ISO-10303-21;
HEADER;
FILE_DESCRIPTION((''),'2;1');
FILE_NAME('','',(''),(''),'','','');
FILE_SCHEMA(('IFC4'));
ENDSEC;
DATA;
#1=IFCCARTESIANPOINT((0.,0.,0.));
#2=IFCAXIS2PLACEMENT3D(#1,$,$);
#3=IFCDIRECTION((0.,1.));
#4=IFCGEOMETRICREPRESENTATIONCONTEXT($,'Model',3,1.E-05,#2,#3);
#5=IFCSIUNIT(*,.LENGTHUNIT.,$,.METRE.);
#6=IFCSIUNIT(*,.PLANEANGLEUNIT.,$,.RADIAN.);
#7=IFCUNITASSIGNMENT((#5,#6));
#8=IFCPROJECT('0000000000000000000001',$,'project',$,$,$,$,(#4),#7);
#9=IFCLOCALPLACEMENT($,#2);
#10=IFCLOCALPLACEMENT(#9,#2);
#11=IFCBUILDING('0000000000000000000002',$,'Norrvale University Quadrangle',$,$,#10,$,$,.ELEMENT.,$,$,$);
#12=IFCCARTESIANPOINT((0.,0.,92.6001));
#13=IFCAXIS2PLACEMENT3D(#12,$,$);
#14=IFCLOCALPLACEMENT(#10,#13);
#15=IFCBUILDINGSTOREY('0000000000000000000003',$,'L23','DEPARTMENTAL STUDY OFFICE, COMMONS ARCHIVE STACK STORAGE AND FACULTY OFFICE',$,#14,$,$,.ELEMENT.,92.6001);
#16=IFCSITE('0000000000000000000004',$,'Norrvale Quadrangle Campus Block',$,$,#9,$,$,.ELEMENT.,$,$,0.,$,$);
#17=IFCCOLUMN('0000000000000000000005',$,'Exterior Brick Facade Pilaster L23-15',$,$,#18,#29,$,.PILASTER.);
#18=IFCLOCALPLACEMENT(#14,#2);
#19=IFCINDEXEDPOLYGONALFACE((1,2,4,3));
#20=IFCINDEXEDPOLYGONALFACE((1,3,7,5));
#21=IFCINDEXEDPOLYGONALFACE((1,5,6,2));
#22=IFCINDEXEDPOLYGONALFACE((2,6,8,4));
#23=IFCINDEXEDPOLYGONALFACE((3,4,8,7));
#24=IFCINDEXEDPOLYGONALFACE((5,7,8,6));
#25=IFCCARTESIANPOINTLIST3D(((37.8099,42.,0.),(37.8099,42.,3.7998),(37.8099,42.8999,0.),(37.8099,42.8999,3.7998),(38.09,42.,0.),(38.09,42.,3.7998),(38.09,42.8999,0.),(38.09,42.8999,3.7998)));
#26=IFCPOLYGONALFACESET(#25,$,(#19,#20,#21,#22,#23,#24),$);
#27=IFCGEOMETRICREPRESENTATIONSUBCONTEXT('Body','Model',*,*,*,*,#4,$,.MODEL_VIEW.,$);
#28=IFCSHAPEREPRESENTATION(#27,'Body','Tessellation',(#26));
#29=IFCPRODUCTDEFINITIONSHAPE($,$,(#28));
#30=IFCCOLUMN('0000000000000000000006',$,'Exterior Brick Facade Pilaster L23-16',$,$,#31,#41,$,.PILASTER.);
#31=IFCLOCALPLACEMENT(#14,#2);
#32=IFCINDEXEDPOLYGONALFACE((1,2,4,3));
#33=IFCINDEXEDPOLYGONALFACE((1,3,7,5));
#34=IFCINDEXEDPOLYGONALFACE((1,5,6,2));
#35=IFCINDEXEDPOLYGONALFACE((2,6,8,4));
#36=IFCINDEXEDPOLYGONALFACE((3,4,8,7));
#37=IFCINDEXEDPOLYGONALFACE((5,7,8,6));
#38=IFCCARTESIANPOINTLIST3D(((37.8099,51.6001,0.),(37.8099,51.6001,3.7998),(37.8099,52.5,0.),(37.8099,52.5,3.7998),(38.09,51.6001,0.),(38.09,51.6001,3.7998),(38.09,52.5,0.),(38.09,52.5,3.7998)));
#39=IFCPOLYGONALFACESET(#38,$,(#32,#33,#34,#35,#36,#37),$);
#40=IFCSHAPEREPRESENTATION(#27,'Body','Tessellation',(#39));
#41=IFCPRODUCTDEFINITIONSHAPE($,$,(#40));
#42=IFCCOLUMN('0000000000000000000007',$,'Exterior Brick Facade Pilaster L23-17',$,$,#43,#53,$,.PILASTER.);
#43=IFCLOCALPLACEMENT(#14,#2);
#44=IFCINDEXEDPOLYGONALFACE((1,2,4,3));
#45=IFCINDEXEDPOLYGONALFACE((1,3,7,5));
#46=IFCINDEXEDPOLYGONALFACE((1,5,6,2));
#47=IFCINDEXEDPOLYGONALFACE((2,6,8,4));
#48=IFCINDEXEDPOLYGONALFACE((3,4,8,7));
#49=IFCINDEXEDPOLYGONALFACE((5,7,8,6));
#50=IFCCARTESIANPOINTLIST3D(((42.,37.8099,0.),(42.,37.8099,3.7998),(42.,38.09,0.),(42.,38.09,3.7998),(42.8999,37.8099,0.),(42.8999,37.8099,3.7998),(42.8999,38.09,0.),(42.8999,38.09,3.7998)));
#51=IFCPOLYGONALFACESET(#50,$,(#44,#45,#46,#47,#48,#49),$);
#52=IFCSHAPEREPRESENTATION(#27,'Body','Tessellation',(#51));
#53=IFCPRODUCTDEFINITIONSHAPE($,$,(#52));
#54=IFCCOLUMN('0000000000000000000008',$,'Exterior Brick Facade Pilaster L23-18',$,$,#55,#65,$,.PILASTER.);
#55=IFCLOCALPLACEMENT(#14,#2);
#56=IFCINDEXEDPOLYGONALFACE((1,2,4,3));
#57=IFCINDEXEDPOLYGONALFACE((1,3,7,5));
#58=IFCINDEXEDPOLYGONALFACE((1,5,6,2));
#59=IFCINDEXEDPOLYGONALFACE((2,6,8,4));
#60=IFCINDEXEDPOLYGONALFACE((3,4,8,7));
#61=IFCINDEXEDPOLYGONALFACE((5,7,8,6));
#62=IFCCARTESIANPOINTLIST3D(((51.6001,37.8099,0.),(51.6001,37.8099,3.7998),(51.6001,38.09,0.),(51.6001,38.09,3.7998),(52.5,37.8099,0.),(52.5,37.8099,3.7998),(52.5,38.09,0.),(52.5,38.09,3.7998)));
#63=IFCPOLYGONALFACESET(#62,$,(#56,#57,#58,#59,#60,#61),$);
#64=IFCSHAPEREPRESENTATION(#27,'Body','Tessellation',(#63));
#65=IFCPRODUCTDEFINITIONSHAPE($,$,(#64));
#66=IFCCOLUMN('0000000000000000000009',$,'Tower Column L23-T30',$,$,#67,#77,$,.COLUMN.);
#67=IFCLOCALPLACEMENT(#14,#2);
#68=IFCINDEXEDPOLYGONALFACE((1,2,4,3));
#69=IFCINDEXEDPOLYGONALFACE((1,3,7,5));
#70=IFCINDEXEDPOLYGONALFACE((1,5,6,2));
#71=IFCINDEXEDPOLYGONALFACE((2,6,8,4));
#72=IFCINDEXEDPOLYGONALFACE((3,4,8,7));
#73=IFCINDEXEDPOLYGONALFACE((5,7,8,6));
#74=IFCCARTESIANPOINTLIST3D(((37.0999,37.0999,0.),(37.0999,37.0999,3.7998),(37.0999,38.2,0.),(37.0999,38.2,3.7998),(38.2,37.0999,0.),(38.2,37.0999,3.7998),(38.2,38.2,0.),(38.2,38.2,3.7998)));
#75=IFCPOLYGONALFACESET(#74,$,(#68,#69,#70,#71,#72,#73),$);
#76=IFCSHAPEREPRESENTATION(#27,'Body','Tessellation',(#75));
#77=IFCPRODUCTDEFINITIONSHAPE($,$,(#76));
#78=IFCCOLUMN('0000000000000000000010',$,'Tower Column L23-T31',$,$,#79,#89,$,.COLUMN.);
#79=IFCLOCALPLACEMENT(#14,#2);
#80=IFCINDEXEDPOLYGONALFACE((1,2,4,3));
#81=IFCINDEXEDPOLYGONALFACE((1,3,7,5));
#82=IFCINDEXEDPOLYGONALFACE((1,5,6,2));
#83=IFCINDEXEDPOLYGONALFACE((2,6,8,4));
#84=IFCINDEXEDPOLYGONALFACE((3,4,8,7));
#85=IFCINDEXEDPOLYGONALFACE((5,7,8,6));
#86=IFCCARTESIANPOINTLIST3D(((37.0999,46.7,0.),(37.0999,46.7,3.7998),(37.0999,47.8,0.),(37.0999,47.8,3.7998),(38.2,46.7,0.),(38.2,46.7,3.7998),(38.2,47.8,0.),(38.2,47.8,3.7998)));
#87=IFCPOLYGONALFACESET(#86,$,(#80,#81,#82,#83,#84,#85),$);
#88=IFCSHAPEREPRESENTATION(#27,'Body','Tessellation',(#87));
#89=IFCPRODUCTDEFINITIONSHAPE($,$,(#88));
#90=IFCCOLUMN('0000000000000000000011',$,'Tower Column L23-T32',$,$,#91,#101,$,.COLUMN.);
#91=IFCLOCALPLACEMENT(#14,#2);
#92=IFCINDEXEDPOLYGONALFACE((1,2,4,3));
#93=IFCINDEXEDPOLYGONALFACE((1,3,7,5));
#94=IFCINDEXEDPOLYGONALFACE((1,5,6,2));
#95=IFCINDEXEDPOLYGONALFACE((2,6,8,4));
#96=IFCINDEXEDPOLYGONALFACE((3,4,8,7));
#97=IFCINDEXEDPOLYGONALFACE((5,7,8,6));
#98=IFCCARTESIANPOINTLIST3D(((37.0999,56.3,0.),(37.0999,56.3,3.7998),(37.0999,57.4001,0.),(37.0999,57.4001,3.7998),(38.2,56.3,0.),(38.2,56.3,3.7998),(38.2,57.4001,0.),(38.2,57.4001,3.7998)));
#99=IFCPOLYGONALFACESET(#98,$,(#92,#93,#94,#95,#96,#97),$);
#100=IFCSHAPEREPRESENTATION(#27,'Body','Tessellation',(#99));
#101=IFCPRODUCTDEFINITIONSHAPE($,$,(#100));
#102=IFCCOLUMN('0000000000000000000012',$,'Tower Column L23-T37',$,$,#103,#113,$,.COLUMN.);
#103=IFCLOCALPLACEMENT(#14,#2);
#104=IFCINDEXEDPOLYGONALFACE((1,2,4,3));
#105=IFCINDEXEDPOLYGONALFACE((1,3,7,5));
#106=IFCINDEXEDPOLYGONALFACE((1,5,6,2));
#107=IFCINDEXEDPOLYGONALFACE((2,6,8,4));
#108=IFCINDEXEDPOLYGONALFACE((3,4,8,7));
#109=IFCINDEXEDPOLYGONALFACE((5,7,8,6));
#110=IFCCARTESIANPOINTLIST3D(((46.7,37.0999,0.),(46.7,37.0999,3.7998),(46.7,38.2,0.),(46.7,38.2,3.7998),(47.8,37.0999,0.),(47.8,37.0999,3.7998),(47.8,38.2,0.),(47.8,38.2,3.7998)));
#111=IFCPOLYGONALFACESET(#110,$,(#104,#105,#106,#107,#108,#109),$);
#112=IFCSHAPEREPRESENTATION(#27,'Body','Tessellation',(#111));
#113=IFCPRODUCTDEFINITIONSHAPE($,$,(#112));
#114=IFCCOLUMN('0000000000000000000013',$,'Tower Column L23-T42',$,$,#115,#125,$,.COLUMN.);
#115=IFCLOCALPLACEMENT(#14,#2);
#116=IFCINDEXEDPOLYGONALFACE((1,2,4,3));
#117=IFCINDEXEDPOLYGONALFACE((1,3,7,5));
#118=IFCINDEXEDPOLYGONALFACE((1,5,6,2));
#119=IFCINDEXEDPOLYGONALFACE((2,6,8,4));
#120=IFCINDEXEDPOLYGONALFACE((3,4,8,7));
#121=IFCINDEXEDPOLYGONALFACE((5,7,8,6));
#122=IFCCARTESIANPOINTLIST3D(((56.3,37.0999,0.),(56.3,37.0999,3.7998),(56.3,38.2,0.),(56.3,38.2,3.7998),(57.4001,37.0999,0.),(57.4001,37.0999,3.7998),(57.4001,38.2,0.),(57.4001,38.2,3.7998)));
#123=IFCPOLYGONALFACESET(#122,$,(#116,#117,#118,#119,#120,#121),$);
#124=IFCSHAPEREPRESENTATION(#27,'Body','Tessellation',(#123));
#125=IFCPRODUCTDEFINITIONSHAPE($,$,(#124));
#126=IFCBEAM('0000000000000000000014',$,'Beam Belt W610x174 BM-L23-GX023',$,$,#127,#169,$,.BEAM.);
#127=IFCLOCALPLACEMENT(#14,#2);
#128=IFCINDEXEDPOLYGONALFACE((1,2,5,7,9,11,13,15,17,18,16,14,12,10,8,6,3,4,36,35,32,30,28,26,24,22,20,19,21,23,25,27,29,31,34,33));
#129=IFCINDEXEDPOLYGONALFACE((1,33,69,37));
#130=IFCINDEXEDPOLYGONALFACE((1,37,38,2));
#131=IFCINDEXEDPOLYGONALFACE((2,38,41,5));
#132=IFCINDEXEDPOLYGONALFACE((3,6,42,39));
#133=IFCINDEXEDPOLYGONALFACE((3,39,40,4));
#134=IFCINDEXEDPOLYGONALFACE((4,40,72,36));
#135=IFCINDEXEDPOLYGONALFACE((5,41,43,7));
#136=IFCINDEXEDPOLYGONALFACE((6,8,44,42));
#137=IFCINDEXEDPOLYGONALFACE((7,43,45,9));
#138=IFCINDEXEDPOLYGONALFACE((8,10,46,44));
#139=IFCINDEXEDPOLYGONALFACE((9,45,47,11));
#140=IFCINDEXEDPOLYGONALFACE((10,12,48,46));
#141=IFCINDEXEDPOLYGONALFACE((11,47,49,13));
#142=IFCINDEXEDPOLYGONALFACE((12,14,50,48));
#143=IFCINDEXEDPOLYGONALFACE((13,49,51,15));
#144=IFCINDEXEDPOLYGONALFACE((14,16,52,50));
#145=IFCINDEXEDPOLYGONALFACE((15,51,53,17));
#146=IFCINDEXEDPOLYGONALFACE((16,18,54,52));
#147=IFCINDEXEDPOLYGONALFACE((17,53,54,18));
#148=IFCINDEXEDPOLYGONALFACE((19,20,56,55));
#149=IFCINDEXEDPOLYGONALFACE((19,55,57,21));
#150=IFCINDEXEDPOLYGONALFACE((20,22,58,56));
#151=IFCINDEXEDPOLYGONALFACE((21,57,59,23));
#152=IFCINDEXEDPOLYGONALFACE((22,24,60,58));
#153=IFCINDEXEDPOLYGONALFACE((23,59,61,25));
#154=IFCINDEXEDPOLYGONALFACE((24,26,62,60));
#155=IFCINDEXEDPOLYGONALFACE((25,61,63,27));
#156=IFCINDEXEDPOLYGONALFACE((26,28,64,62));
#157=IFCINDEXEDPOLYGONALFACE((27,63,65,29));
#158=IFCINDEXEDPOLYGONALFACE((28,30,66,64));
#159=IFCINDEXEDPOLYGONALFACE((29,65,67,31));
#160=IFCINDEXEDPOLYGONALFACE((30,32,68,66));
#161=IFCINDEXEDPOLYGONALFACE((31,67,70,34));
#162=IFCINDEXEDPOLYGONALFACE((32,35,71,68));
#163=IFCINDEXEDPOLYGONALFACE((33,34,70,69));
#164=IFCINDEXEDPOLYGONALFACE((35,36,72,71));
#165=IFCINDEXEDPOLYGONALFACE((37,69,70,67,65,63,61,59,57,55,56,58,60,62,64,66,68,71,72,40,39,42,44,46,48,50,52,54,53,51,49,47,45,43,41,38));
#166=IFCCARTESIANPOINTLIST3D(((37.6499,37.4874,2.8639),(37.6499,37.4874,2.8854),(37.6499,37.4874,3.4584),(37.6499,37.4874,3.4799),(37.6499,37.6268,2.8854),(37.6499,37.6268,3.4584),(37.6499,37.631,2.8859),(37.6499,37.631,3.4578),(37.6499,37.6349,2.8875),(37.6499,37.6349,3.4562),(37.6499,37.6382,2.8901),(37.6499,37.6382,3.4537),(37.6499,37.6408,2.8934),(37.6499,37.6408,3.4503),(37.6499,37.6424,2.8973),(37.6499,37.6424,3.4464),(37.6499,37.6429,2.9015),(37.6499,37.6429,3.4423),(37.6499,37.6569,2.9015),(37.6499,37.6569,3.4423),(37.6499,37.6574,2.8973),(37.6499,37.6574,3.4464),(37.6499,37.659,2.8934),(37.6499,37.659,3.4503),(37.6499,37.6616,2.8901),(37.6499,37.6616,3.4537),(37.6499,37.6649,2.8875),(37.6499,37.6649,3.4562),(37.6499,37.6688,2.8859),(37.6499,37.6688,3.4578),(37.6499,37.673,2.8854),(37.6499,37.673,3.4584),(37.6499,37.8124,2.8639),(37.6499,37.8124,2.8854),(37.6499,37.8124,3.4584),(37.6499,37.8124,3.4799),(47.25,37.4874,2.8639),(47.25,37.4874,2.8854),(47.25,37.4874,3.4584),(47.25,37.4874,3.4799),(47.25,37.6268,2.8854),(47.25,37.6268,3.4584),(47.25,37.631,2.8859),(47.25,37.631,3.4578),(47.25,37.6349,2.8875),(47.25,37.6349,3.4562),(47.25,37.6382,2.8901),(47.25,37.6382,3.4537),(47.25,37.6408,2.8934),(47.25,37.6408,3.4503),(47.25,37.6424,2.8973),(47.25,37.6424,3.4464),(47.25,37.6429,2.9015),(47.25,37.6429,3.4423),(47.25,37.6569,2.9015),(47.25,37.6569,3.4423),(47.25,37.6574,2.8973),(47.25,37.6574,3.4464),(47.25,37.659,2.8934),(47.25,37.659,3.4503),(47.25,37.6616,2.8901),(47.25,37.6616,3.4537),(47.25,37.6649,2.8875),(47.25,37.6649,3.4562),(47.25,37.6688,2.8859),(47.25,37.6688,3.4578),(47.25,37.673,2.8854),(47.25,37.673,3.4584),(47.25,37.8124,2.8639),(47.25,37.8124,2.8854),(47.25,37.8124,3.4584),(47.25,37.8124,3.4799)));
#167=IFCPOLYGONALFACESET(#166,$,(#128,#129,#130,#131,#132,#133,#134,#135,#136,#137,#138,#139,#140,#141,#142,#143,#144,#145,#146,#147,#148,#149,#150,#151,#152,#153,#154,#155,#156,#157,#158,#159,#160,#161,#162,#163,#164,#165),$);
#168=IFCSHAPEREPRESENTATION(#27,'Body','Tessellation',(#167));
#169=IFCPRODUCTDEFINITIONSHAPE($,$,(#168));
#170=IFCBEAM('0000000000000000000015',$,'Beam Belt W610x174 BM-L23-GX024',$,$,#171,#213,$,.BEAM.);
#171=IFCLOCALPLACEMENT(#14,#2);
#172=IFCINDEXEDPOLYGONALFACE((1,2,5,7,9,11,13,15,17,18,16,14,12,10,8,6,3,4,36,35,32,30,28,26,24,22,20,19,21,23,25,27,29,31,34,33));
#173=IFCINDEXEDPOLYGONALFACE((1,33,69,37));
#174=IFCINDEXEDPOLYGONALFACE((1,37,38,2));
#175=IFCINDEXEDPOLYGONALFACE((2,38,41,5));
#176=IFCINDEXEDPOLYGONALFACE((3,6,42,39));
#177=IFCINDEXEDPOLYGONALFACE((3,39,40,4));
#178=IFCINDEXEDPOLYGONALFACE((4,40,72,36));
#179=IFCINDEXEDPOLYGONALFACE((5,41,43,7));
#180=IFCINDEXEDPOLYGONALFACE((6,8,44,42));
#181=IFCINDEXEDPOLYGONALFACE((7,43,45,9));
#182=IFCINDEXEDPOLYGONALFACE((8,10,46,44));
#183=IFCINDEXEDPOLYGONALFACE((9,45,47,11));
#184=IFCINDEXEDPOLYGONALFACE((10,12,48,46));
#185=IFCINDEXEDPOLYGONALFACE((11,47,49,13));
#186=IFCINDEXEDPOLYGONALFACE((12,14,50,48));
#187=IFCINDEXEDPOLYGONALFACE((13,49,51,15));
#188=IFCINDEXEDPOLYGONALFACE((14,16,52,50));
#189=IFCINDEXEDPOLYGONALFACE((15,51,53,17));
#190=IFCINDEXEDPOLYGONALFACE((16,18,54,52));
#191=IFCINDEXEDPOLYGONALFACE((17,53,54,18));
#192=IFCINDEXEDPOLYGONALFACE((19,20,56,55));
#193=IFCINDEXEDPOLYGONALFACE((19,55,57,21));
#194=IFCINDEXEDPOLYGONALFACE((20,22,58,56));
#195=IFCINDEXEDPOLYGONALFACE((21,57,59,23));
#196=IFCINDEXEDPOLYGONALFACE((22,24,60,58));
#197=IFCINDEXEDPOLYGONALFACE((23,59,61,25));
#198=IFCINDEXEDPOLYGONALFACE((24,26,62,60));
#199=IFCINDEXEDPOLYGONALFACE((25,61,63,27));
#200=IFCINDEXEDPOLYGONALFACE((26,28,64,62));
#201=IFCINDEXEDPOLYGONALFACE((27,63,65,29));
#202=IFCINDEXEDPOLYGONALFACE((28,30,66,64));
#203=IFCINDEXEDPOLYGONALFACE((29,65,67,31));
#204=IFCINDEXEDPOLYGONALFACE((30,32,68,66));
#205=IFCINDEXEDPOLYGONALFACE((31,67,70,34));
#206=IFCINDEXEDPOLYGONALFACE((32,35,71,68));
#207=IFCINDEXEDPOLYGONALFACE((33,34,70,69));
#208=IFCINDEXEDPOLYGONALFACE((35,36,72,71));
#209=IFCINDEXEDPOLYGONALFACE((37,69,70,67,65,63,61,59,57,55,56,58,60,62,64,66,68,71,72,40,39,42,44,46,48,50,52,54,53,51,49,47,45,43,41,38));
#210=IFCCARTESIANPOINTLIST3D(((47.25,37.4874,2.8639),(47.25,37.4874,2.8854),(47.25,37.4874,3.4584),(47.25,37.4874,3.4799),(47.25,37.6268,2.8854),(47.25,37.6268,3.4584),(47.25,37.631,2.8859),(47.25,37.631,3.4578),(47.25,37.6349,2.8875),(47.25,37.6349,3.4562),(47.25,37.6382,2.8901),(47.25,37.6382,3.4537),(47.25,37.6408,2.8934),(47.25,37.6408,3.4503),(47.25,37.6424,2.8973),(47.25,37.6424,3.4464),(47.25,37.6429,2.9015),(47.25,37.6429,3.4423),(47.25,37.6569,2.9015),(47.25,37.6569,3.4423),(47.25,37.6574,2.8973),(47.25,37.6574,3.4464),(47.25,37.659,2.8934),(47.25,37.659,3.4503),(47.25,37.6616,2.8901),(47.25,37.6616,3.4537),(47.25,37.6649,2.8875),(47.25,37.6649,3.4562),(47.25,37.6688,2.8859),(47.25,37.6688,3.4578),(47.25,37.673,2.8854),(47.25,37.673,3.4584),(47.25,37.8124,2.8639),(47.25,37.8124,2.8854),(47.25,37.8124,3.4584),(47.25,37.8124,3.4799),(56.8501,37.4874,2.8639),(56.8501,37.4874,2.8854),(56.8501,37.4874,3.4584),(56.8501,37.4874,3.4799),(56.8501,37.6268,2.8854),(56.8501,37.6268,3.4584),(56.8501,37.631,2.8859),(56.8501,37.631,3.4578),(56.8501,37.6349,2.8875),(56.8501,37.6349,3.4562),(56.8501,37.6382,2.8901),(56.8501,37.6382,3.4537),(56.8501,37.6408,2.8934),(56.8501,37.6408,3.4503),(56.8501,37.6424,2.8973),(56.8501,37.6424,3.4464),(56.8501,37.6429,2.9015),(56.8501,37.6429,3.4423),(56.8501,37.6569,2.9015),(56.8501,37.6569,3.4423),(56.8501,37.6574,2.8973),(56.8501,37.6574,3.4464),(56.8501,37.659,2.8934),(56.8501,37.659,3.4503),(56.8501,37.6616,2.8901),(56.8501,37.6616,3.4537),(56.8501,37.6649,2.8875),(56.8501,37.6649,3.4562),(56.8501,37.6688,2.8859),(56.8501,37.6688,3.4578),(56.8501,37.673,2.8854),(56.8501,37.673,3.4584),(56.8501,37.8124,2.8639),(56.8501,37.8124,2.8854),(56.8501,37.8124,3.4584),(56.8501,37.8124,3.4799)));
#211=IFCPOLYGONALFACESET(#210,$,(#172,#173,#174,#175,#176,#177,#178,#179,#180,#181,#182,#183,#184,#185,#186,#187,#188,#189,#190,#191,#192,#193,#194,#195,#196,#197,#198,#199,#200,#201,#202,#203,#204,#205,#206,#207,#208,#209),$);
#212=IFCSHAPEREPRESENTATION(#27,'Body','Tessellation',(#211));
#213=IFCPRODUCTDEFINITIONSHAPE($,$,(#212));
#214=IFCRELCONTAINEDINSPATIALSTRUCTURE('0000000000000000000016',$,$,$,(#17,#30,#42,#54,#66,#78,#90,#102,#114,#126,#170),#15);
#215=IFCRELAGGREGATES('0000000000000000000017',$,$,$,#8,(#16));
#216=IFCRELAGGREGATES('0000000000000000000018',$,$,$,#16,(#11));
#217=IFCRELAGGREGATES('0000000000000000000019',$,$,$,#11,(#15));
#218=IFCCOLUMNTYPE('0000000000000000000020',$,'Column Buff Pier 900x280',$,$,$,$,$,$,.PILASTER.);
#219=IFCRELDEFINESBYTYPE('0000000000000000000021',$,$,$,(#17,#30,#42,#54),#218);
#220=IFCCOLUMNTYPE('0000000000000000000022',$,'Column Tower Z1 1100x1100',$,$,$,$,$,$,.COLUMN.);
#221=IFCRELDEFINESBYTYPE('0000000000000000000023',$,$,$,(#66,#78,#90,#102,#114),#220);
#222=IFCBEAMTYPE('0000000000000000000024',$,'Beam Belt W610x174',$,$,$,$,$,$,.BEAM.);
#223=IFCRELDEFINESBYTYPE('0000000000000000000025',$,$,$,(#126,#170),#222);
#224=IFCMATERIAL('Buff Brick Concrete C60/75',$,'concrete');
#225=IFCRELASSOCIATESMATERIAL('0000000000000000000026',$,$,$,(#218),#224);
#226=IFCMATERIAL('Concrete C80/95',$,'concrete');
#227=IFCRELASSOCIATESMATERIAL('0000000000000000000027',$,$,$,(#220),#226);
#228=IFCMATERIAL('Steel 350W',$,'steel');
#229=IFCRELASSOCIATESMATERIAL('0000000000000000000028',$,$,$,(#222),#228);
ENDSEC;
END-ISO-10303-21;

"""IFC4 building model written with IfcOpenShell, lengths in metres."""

from ifc_helpers import new_model, si_unit, direction, frame, origin, origin_2d, place, context, subcontext, project, spatial, rectangle, i_section, extrude, material, material_profile, profile_set, type_object, element, save


model = new_model("IFC4")

# Units and contexts
model_context = context("Model", 3, precision=1e-05, world=origin(), true_north=direction((0.0, 1.0)))
body_context = subcontext(model_context, "Body", "Model", "MODEL_VIEW")
ifc_project = project(units=[si_unit("LENGTHUNIT", "METRE"), si_unit("PLANEANGLEUNIT", "RADIAN")], contexts=[model_context])

# Site, building, storey
site_placement = place(None, origin())
site = spatial("IfcSite", under=ifc_project, at=site_placement, Name="Norrvale Quadrangle Campus Block", CompositionType="ELEMENT", RefElevation=0.0)
building_placement = place(site_placement, origin())
building = spatial("IfcBuilding", under=site, at=building_placement, Name="Norrvale University Quadrangle", CompositionType="ELEMENT")
storey_placement = place(building_placement, frame((0.0, 0.0, 92.6001)))
storey = spatial("IfcBuildingStorey", under=building, at=storey_placement, Name="L23", Description="DEPARTMENTAL STUDY OFFICE, COMMONS ARCHIVE STACK STORAGE AND FACULTY OFFICE", CompositionType="ELEMENT", Elevation=92.6001)

# Columns
ifc_material_1 = material(Name="Buff Brick Concrete C60/75", Category="concrete")
ifc_material_profile_1 = material_profile(ifc_material_1, rectangle(XDim=0.8999, YDim=0.28, at=origin_2d()), Name="Buff Brick Concrete C60/75")
ifc_profile_set_1 = profile_set([ifc_material_profile_1], Name="Buff Brick Concrete C60/75")
column_type_1 = type_object("IfcColumnType", Name="Column Buff Pier 900x280", PredefinedType="PILASTER", material=ifc_profile_set_1)
for number, where, z_axis, x_axis, name in (
    (1, (37.95, 42.45, 0.0), (0.0, 0.0, 1.0), (0.0, 1.0, 0.0), "Exterior Brick Facade Pilaster L23-15"),
    (2, (37.95, 52.05, 0.0), (0.0, 0.0, 1.0), (0.0, 1.0, 0.0), "Exterior Brick Facade Pilaster L23-16"),
    (3, (42.45, 37.95, 0.0), (0.0, 0.0, 1.0), (1.0, 0.0, 0.0), "Exterior Brick Facade Pilaster L23-17"),
    (4, (52.05, 37.95, 0.0), (0.0, 0.0, 1.0), (1.0, 0.0, 0.0), "Exterior Brick Facade Pilaster L23-18"),
):
    element("IfcColumn", number, at=place(storey_placement, frame(where, z_axis=z_axis, x_axis=x_axis)), inside=storey, type_object=column_type_1, Name=name, PredefinedType="PILASTER", context=body_context, shape_type="SweptSolid", body=[
        extrude(rectangle(XDim=0.8999, YDim=0.28, at=origin_2d()), origin(), (0.0, 0.0, 1.0), 3.7998),
    ])
ifc_material_2 = material(Name="Concrete C80/95", Category="concrete")
ifc_material_profile_2 = material_profile(ifc_material_2, rectangle(XDim=1.1001, YDim=1.1001, at=origin_2d()), Name="Concrete C80/95")
ifc_profile_set_2 = profile_set([ifc_material_profile_2], Name="Concrete C80/95")
column_type_2 = type_object("IfcColumnType", Name="Column Tower Z1 1100x1100", PredefinedType="COLUMN", material=ifc_profile_set_2)
for number, where, z_axis, x_axis, name in (
    (5, (37.6499, 37.6499, 0.0), (0.0, 0.0, 1.0), (1.0, 0.0, 0.0), "Tower Column L23-T30"),
    (6, (37.6499, 47.25, 0.0), (0.0, 0.0, 1.0), (1.0, 0.0, 0.0), "Tower Column L23-T31"),
    (7, (37.6499, 56.8501, 0.0), (0.0, 0.0, 1.0), (1.0, 0.0, 0.0), "Tower Column L23-T32"),
    (8, (47.25, 37.6499, 0.0), (0.0, 0.0, 1.0), (1.0, 0.0, 0.0), "Tower Column L23-T37"),
    (9, (56.8501, 37.6499, 0.0), (0.0, 0.0, 1.0), (1.0, 0.0, 0.0), "Tower Column L23-T42"),
):
    element("IfcColumn", number, at=place(storey_placement, frame(where, z_axis=z_axis, x_axis=x_axis)), inside=storey, type_object=column_type_2, Name=name, PredefinedType="COLUMN", context=body_context, shape_type="SweptSolid", body=[
        extrude(rectangle(XDim=1.1001, YDim=1.1001, at=origin_2d()), origin(), (0.0, 0.0, 1.0), 3.7998),
    ])

# Beams
ifc_material_3 = material(Name="Steel 350W", Category="steel")
ifc_material_profile_3 = material_profile(ifc_material_3, i_section(OverallWidth=0.325, OverallDepth=0.616, WebThickness=0.0139, FlangeThickness=0.0215, FilletRadius=0.0161, at=origin_2d()), Name="Steel 350W")
ifc_profile_set_3 = profile_set([ifc_material_profile_3], Name="Steel 350W")
beam_type_1 = type_object("IfcBeamType", Name="Beam Belt W610x174", PredefinedType="BEAM", material=ifc_profile_set_3)
for number, where, z_axis, x_axis, name in (
    (10, (37.6499, 37.6499, 3.1719), (1.0, 0.0, 0.0), (0.0, 1.0, 0.0), "Beam Belt W610x174 BM-L23-GX023"),
    (11, (47.25, 37.6499, 3.1719), (1.0, 0.0, 0.0), (0.0, 1.0, 0.0), "Beam Belt W610x174 BM-L23-GX024"),
):
    element("IfcBeam", number, at=place(storey_placement, frame(where, z_axis=z_axis, x_axis=x_axis)), inside=storey, type_object=beam_type_1, Name=name, PredefinedType="BEAM", context=body_context, shape_type="SweptSolid", body=[
        extrude(i_section(OverallWidth=0.325, OverallDepth=0.616, WebThickness=0.0139, FlangeThickness=0.0215, FilletRadius=0.0161, at=origin_2d()), origin(), (0.0, 0.0, 1.0), 9.6001),
    ])

save(model, "model.ifc")
